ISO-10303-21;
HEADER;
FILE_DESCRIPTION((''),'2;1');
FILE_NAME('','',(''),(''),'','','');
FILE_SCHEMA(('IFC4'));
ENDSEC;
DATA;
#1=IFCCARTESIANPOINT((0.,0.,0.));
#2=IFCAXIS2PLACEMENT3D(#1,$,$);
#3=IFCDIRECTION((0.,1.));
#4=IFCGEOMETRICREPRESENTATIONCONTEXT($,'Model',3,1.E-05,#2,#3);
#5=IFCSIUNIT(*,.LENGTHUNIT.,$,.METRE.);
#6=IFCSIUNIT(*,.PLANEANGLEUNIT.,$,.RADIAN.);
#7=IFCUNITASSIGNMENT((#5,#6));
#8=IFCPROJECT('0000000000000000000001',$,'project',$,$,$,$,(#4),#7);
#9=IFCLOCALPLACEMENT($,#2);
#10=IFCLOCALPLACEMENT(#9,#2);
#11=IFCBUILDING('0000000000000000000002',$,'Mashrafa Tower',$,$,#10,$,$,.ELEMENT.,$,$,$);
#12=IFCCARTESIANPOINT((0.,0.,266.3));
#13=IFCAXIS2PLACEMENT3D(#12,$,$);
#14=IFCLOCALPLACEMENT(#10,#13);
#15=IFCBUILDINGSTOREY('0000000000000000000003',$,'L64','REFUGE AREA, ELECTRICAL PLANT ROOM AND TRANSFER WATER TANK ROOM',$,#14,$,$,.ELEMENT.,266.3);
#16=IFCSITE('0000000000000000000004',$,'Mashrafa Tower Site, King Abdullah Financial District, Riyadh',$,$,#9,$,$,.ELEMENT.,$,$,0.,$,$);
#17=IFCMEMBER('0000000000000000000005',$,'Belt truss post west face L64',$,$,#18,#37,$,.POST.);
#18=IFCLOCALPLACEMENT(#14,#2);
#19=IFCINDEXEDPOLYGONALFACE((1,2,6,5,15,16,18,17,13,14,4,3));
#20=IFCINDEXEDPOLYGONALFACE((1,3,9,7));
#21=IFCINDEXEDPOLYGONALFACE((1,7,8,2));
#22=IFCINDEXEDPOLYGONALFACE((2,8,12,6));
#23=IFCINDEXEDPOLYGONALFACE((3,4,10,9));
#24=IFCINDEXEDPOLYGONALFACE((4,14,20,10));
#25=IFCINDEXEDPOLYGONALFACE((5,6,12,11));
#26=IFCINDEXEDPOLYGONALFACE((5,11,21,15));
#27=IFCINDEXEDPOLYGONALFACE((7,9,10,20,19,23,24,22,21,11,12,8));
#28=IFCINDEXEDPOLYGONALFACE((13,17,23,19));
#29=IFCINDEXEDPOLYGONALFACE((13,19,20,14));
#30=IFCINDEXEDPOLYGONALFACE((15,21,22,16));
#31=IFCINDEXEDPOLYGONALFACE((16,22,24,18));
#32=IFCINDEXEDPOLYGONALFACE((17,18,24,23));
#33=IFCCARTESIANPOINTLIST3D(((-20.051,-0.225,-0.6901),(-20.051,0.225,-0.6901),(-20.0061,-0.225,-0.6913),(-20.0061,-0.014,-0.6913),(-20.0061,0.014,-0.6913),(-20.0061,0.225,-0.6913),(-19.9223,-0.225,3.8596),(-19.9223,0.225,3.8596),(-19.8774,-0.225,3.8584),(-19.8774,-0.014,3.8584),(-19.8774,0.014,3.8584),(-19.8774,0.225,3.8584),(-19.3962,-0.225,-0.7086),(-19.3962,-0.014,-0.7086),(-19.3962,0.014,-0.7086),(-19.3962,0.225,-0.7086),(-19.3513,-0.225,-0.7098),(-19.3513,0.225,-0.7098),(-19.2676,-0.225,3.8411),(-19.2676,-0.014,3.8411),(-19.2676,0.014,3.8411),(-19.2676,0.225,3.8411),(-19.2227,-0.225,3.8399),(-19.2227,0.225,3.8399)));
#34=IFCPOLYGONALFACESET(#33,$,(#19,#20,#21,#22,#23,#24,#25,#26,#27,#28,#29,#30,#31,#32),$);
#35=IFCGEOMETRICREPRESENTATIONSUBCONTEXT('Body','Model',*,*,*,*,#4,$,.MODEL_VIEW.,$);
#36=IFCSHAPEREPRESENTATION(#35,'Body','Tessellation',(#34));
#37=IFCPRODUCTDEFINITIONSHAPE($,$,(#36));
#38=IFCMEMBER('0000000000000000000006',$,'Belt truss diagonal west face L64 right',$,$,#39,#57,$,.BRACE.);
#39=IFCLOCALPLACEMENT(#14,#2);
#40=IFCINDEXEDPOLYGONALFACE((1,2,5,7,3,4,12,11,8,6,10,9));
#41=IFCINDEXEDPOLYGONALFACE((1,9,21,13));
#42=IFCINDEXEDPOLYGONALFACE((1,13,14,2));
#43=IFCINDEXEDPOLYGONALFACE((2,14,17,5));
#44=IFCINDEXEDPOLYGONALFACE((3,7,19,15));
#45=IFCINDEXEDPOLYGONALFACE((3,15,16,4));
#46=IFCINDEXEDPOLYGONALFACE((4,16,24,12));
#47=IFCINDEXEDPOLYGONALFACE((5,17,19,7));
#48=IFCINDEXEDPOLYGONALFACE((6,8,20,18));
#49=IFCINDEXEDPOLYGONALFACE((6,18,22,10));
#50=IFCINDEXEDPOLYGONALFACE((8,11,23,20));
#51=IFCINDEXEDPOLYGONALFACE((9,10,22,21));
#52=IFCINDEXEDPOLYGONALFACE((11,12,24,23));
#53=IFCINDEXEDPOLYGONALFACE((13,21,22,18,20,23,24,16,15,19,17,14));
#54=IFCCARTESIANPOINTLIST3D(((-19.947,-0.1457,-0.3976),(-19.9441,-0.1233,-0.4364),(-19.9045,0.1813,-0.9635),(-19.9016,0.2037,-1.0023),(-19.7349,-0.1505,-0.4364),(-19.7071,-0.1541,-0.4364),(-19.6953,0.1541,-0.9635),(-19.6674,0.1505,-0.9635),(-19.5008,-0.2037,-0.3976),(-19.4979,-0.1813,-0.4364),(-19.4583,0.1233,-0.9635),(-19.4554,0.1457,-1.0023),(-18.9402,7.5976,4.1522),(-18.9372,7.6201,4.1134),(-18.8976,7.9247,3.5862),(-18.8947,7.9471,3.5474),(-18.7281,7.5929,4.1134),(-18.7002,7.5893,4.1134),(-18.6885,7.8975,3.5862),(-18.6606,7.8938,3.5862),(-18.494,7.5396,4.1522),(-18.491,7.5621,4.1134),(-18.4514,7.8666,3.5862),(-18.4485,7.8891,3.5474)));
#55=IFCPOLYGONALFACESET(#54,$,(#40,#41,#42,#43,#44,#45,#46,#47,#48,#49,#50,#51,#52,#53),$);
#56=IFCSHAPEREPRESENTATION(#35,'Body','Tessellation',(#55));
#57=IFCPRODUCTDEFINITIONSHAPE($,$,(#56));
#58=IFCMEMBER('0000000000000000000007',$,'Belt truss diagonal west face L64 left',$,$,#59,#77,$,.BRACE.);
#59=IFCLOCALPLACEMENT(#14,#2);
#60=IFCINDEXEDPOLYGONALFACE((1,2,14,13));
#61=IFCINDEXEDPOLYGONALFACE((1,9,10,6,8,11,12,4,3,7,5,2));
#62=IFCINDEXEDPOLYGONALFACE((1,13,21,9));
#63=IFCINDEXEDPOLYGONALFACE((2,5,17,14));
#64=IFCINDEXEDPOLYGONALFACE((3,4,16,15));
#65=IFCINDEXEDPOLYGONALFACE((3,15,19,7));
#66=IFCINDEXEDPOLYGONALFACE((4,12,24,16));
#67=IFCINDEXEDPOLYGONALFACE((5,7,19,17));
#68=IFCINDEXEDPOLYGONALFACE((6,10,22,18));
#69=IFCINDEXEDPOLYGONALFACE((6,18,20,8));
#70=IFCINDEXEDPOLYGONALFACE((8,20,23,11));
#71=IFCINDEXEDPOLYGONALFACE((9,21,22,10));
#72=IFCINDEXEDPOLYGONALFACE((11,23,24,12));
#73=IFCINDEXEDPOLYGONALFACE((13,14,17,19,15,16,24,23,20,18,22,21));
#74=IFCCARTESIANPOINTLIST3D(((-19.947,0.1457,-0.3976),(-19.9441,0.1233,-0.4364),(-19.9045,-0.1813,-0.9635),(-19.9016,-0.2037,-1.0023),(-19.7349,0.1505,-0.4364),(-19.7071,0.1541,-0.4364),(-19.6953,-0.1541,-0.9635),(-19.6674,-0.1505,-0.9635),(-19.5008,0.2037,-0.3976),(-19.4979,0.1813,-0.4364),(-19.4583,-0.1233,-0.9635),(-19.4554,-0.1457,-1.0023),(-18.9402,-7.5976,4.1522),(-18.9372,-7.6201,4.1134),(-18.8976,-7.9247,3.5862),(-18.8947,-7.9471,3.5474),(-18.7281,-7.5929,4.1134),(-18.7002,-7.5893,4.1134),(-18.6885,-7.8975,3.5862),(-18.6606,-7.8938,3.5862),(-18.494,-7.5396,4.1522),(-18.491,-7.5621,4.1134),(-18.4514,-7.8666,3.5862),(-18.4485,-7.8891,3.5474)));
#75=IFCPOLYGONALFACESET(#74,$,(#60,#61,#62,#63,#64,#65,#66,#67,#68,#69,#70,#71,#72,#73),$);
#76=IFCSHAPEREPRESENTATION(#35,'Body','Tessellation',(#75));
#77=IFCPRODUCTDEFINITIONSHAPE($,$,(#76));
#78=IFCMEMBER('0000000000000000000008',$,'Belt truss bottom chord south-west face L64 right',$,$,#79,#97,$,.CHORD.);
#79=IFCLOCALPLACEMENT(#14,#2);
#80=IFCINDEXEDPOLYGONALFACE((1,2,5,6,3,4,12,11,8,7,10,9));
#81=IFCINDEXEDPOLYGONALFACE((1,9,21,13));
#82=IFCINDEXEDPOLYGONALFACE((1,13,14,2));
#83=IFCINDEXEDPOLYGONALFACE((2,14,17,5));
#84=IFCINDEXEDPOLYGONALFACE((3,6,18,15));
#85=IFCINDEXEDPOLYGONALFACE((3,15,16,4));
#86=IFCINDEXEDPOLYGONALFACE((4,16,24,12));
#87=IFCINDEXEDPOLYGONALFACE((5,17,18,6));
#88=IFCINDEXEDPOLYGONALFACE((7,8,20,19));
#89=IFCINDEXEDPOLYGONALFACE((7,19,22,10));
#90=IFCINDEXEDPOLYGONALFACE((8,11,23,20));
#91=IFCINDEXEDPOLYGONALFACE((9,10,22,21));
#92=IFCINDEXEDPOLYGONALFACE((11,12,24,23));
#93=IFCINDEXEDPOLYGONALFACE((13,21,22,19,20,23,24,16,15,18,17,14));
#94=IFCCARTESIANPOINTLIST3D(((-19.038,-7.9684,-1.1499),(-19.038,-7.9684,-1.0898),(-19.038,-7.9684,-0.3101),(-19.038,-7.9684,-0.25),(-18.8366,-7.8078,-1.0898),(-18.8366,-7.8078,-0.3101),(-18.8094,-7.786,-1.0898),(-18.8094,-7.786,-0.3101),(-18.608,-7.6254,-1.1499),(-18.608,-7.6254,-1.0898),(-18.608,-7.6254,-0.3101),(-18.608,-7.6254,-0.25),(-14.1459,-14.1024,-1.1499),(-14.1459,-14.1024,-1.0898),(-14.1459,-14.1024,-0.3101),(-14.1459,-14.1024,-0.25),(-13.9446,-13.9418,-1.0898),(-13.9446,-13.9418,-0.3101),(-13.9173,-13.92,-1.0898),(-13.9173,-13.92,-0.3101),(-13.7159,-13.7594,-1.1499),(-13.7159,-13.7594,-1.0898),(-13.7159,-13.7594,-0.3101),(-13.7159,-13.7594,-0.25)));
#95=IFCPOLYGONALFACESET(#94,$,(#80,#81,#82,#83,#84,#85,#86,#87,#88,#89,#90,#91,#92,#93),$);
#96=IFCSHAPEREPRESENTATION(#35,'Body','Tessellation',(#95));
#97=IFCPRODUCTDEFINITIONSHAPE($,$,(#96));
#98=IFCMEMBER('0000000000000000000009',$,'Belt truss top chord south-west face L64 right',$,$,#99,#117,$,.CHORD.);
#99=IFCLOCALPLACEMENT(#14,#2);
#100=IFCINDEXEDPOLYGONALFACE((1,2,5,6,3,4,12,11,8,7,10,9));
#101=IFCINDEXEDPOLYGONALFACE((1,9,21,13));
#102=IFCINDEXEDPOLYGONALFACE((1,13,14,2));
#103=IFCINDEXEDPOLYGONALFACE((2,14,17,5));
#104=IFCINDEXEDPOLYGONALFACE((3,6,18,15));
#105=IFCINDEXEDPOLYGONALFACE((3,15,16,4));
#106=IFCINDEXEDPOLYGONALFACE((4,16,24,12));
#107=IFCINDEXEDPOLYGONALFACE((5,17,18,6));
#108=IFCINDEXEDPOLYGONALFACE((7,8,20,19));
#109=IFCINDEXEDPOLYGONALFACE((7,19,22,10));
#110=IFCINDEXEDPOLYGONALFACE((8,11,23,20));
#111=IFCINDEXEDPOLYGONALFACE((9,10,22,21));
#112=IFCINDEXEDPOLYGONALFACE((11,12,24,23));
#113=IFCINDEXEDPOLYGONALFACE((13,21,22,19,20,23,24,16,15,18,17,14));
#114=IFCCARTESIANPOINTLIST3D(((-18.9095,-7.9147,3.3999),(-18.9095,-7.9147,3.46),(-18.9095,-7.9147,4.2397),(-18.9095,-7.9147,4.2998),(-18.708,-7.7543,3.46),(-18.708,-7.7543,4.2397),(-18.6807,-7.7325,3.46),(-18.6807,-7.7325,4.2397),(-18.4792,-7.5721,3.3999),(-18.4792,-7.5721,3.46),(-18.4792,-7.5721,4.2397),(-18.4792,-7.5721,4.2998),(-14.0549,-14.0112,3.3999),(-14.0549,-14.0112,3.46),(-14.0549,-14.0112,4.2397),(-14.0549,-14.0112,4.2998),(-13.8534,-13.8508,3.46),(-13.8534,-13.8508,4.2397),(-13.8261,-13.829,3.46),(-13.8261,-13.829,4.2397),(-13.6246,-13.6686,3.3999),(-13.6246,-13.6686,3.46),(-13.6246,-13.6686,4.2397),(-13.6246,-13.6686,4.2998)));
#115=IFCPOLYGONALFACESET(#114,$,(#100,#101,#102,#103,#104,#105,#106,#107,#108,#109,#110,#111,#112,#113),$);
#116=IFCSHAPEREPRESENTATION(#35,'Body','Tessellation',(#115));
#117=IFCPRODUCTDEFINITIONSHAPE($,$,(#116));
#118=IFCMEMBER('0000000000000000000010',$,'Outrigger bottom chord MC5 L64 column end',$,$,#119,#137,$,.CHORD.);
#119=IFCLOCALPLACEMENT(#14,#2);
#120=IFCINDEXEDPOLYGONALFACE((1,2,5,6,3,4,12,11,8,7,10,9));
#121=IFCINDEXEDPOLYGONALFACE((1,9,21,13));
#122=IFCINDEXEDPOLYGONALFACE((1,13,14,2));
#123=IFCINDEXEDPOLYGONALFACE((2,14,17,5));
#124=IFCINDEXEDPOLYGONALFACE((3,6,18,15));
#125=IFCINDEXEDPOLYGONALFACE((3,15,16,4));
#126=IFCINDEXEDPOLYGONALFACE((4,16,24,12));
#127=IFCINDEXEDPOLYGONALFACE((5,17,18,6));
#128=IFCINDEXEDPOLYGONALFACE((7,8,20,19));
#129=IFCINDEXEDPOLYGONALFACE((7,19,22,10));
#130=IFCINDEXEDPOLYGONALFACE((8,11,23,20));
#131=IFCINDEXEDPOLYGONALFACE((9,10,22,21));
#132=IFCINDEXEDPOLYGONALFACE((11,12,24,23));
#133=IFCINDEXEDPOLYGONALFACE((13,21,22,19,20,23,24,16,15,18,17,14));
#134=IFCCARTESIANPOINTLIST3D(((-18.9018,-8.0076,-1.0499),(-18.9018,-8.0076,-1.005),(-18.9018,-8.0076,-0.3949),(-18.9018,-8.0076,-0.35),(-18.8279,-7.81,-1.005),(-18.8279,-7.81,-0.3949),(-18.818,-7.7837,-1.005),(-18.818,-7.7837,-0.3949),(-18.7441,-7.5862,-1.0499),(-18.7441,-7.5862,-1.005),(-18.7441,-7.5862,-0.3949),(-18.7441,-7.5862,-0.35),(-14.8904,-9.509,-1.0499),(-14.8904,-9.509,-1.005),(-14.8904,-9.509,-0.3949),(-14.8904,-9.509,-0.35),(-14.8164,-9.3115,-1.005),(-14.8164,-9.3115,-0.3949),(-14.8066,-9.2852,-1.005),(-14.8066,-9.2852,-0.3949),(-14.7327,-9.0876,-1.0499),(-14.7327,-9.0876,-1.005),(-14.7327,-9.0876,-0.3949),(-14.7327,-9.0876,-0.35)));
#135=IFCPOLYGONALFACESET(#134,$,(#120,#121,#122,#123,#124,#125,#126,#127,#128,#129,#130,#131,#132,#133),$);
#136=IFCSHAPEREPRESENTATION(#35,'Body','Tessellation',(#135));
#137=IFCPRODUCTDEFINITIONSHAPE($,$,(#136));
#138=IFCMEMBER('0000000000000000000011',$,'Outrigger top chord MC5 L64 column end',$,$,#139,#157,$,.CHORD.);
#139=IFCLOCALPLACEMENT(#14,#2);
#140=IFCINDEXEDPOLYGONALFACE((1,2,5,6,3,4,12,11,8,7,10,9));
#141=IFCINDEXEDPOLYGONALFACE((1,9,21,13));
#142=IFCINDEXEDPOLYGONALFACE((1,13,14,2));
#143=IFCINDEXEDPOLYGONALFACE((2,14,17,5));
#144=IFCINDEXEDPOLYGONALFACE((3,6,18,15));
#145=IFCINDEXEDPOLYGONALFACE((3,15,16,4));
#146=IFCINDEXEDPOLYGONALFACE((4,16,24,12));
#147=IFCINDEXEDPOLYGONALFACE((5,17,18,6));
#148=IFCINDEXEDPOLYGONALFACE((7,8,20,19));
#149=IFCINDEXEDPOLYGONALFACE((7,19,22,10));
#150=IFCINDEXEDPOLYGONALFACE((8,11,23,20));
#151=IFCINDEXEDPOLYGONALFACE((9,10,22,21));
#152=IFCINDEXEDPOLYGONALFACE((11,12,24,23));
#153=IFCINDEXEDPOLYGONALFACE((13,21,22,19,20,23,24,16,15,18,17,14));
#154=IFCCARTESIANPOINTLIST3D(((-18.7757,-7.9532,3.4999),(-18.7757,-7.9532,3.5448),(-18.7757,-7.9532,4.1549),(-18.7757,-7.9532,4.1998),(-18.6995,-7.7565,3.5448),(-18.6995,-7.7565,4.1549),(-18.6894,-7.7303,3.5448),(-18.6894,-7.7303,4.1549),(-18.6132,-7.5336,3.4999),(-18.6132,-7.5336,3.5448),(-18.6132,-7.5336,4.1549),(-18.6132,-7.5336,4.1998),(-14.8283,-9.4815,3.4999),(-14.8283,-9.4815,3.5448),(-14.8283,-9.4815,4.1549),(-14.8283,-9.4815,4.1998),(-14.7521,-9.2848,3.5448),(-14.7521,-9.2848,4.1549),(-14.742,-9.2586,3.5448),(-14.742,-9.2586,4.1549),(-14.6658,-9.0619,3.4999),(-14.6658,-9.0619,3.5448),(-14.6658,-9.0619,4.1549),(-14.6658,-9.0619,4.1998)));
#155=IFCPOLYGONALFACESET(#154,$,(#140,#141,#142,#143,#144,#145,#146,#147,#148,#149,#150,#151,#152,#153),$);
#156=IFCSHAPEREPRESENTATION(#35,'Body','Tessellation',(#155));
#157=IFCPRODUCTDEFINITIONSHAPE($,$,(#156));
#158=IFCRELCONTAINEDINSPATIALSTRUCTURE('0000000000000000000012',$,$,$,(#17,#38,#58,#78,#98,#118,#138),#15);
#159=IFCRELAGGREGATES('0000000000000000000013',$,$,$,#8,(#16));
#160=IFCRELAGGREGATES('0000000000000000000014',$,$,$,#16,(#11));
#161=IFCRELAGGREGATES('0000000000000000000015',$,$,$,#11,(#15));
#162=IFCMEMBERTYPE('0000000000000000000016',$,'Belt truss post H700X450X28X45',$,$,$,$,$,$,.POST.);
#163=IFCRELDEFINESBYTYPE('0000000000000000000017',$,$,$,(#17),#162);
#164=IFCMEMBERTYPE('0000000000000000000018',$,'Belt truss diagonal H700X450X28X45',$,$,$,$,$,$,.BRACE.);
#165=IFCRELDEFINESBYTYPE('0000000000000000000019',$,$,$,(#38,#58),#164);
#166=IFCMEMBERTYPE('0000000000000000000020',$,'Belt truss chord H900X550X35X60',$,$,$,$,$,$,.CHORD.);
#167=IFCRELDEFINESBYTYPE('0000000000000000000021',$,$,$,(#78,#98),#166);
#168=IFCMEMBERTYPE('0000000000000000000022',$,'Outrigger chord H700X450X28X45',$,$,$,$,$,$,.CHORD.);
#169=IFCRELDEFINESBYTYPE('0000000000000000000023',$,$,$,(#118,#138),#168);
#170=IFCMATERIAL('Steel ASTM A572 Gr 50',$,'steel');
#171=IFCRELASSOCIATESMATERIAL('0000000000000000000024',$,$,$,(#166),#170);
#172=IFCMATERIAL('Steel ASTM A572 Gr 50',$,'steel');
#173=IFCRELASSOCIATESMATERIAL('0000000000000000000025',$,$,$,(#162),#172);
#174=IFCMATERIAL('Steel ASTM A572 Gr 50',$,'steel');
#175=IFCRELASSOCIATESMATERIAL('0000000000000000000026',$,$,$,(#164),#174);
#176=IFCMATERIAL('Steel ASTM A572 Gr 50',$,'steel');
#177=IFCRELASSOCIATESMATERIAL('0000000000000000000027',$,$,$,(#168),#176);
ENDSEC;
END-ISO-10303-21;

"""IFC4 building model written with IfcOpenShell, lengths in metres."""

from ifc_helpers import new_model, si_unit, direction, frame, origin, origin_2d, place, context, subcontext, project, spatial, i_section, extrude, source, transform, mapped, material, material_profile, profile_set, type_object, type_shapes, element, save


model = new_model("IFC4")

# Units and contexts
model_context = context("Model", 3, precision=1e-05, world=origin(), true_north=direction((0.0, 1.0)))
body_context = subcontext(model_context, "Body", "Model", "MODEL_VIEW")
ifc_project = project(units=[si_unit("LENGTHUNIT", "METRE"), si_unit("PLANEANGLEUNIT", "RADIAN")], contexts=[model_context])

# Site, building, storey
site_placement = place(None, origin())
site = spatial("IfcSite", under=ifc_project, at=site_placement, Name="Mashrafa Tower Site, King Abdullah Financial District, Riyadh", CompositionType="ELEMENT", RefElevation=0.0)
building_placement = place(site_placement, origin())
building = spatial("IfcBuilding", under=site, at=building_placement, Name="Mashrafa Tower", CompositionType="ELEMENT")
storey_placement = place(building_placement, frame((0.0, 0.0, 266.3)))
storey = spatial("IfcBuildingStorey", under=building, at=storey_placement, Name="L64", Description="REFUGE AREA, ELECTRICAL PLANT ROOM AND TRANSFER WATER TANK ROOM", CompositionType="ELEMENT", Elevation=266.3)

# Members
ifc_material_1 = material(Name="Steel ASTM A572 Gr 50", Category="steel")
ifc_material_profile_1 = material_profile(ifc_material_1, i_section(OverallWidth=0.55, OverallDepth=0.8999, WebThickness=0.0349, FlangeThickness=0.0601, at=origin_2d()), Name="H900X550X35X60")
ifc_profile_set_1 = profile_set([ifc_material_profile_1], Name="Steel ASTM A572 Gr 50")
member_type_1 = type_object("IfcMemberType", Name="Belt truss chord H900X550X35X60", PredefinedType="CHORD", material=ifc_profile_set_1)
ifc_material_2 = material(Name="Steel ASTM A572 Gr 50", Category="steel")
ifc_material_profile_2 = material_profile(ifc_material_2, i_section(OverallWidth=0.45, OverallDepth=0.7, WebThickness=0.0281, FlangeThickness=0.0449, at=origin_2d()), Name="H700X450X28X45")
ifc_profile_set_2 = profile_set([ifc_material_profile_2], Name="Steel ASTM A572 Gr 50")
member_type_2 = type_object("IfcMemberType", Name="Belt truss post H700X450X28X45", PredefinedType="POST", material=ifc_profile_set_2)
shared_shape_1 = source(origin(), body_context, "Body", "SweptSolid", [
    extrude(i_section(OverallWidth=0.45, OverallDepth=0.7, WebThickness=0.0281, FlangeThickness=0.0449, at=origin_2d()), origin(), (0.0, 0.0, 1.0), 4.5515),
])
type_shapes(member_type_2, [shared_shape_1])
member_1_placement = place(storey_placement, frame((-19.7012, 0.0, -0.7), z_axis=(0.028267, 0.0, 0.9996), x_axis=(0.0, 1.0, 0.0)))
element("IfcMember", 1, at=member_1_placement, inside=storey, type_object=member_type_2, Name="Belt truss post west face L64", PredefinedType="POST", context=body_context, shape_type="MappedRepresentation", body=[
    mapped(shared_shape_1, transform((0.0, 0.0, 0.0))),
])
ifc_material_3 = material(Name="Steel ASTM A572 Gr 50", Category="steel")
ifc_material_profile_3 = material_profile(ifc_material_3, i_section(OverallWidth=0.45, OverallDepth=0.7, WebThickness=0.0281, FlangeThickness=0.0449, at=origin_2d()), Name="H700X450X28X45")
ifc_profile_set_3 = profile_set([ifc_material_profile_3], Name="Steel ASTM A572 Gr 50")
member_type_3 = type_object("IfcMemberType", Name="Belt truss diagonal H700X450X28X45", PredefinedType="BRACE", material=ifc_profile_set_3)
shared_shape_2 = source(origin(), body_context, "Body", "SweptSolid", [
    extrude(i_section(OverallWidth=0.45, OverallDepth=0.7, WebThickness=0.0281, FlangeThickness=0.0449, at=origin_2d()), origin(), (0.0, 0.0, 1.0), 9.0374),
])
type_shapes(member_type_3, [shared_shape_2])
for number, where, z_axis, x_axis, name in (
    (2, (-19.7012, 0.0, -0.7), (0.111408, 0.856817, 0.503441), (-0.991652, 0.12894, 0.0), "Belt truss diagonal west face L64 right"),
    (3, (-19.7012, 0.0, -0.7), (0.111408, -0.856817, 0.503441), (0.991652, 0.12894, 0.0), "Belt truss diagonal west face L64 left"),
):
    element("IfcMember", number, at=place(storey_placement, frame(where, z_axis=z_axis, x_axis=x_axis)), inside=storey, type_object=member_type_3, Name=name, PredefinedType="BRACE", context=body_context, shape_type="MappedRepresentation", body=[
        mapped(shared_shape_2, transform((0.0, 0.0, 0.0))),
    ])
shared_shape_3 = source(origin(), body_context, "Body", "SweptSolid", [
    extrude(i_section(OverallWidth=0.55, OverallDepth=0.8999, WebThickness=0.0349, FlangeThickness=0.0601, at=origin_2d()), origin(), (0.0, 0.0, 1.0), 7.8459),
])
member_2_placement = place(storey_placement, frame((-18.823, -7.7969, -0.7), z_axis=(0.623518, -0.781809, 0.0), x_axis=(0.781809, 0.623518, 0.0)))
element("IfcMember", 4, at=member_2_placement, inside=storey, type_object=member_type_1, Name="Belt truss bottom chord south-west face L64 right", PredefinedType="CHORD", context=body_context, shape_type="MappedRepresentation", body=[
    mapped(shared_shape_3, transform((0.0, 0.0, 0.0))),
])
shared_shape_4 = source(origin(), body_context, "Body", "SweptSolid", [
    extrude(i_section(OverallWidth=0.55, OverallDepth=0.8999, WebThickness=0.0349, FlangeThickness=0.0601, at=origin_2d()), origin(), (0.0, 0.0, 1.0), 7.7932),
])
member_3_placement = place(storey_placement, frame((-18.6943, -7.7434, 3.8499), z_axis=(0.622921, -0.782285, 0.0), x_axis=(0.782285, 0.622921, 0.0)))
element("IfcMember", 5, at=member_3_placement, inside=storey, type_object=member_type_1, Name="Belt truss top chord south-west face L64 right", PredefinedType="CHORD", context=body_context, shape_type="MappedRepresentation", body=[
    mapped(shared_shape_4, transform((0.0, 0.0, 0.0))),
])
ifc_material_4 = material(Name="Steel ASTM A572 Gr 50", Category="steel")
ifc_material_profile_4 = material_profile(ifc_material_4, i_section(OverallWidth=0.45, OverallDepth=0.7, WebThickness=0.0281, FlangeThickness=0.0449, at=origin_2d()), Name="H700X450X28X45")
ifc_profile_set_4 = profile_set([ifc_material_profile_4], Name="Steel ASTM A572 Gr 50")
member_type_4 = type_object("IfcMemberType", Name="Outrigger chord H700X450X28X45", PredefinedType="CHORD", material=ifc_profile_set_4)
shared_shape_5 = source(origin(), body_context, "Body", "SweptSolid", [
    extrude(i_section(OverallWidth=0.45, OverallDepth=0.7, WebThickness=0.0281, FlangeThickness=0.0449, at=origin_2d()), origin(), (0.0, 0.0, 1.0), 4.2832),
])
member_4_placement = place(storey_placement, frame((-14.8115, -9.2983, -0.7), z_axis=(-0.936547, 0.350542, 0.0), x_axis=(-0.350542, -0.936547, 0.0)))
element("IfcMember", 6, at=member_4_placement, inside=storey, type_object=member_type_4, Name="Outrigger bottom chord MC5 L64 column end", PredefinedType="CHORD", context=body_context, shape_type="MappedRepresentation", body=[
    mapped(shared_shape_5, transform((0.0, 0.0, 0.0))),
])
shared_shape_6 = source(origin(), body_context, "Body", "SweptSolid", [
    extrude(i_section(OverallWidth=0.45, OverallDepth=0.7, WebThickness=0.0281, FlangeThickness=0.0449, at=origin_2d()), origin(), (0.0, 0.0, 1.0), 4.2329),
])
type_shapes(member_type_4, [shared_shape_5, shared_shape_6])
member_5_placement = place(storey_placement, frame((-14.7471, -9.2717, 3.8499), z_axis=(-0.932541, 0.361065, 0.0), x_axis=(-0.361065, -0.932541, 0.0)))
element("IfcMember", 7, at=member_5_placement, inside=storey, type_object=member_type_4, Name="Outrigger top chord MC5 L64 column end", PredefinedType="CHORD", context=body_context, shape_type="MappedRepresentation", body=[
    mapped(shared_shape_6, transform((0.0, 0.0, 0.0))),
])

save(model, "model.ifc")
